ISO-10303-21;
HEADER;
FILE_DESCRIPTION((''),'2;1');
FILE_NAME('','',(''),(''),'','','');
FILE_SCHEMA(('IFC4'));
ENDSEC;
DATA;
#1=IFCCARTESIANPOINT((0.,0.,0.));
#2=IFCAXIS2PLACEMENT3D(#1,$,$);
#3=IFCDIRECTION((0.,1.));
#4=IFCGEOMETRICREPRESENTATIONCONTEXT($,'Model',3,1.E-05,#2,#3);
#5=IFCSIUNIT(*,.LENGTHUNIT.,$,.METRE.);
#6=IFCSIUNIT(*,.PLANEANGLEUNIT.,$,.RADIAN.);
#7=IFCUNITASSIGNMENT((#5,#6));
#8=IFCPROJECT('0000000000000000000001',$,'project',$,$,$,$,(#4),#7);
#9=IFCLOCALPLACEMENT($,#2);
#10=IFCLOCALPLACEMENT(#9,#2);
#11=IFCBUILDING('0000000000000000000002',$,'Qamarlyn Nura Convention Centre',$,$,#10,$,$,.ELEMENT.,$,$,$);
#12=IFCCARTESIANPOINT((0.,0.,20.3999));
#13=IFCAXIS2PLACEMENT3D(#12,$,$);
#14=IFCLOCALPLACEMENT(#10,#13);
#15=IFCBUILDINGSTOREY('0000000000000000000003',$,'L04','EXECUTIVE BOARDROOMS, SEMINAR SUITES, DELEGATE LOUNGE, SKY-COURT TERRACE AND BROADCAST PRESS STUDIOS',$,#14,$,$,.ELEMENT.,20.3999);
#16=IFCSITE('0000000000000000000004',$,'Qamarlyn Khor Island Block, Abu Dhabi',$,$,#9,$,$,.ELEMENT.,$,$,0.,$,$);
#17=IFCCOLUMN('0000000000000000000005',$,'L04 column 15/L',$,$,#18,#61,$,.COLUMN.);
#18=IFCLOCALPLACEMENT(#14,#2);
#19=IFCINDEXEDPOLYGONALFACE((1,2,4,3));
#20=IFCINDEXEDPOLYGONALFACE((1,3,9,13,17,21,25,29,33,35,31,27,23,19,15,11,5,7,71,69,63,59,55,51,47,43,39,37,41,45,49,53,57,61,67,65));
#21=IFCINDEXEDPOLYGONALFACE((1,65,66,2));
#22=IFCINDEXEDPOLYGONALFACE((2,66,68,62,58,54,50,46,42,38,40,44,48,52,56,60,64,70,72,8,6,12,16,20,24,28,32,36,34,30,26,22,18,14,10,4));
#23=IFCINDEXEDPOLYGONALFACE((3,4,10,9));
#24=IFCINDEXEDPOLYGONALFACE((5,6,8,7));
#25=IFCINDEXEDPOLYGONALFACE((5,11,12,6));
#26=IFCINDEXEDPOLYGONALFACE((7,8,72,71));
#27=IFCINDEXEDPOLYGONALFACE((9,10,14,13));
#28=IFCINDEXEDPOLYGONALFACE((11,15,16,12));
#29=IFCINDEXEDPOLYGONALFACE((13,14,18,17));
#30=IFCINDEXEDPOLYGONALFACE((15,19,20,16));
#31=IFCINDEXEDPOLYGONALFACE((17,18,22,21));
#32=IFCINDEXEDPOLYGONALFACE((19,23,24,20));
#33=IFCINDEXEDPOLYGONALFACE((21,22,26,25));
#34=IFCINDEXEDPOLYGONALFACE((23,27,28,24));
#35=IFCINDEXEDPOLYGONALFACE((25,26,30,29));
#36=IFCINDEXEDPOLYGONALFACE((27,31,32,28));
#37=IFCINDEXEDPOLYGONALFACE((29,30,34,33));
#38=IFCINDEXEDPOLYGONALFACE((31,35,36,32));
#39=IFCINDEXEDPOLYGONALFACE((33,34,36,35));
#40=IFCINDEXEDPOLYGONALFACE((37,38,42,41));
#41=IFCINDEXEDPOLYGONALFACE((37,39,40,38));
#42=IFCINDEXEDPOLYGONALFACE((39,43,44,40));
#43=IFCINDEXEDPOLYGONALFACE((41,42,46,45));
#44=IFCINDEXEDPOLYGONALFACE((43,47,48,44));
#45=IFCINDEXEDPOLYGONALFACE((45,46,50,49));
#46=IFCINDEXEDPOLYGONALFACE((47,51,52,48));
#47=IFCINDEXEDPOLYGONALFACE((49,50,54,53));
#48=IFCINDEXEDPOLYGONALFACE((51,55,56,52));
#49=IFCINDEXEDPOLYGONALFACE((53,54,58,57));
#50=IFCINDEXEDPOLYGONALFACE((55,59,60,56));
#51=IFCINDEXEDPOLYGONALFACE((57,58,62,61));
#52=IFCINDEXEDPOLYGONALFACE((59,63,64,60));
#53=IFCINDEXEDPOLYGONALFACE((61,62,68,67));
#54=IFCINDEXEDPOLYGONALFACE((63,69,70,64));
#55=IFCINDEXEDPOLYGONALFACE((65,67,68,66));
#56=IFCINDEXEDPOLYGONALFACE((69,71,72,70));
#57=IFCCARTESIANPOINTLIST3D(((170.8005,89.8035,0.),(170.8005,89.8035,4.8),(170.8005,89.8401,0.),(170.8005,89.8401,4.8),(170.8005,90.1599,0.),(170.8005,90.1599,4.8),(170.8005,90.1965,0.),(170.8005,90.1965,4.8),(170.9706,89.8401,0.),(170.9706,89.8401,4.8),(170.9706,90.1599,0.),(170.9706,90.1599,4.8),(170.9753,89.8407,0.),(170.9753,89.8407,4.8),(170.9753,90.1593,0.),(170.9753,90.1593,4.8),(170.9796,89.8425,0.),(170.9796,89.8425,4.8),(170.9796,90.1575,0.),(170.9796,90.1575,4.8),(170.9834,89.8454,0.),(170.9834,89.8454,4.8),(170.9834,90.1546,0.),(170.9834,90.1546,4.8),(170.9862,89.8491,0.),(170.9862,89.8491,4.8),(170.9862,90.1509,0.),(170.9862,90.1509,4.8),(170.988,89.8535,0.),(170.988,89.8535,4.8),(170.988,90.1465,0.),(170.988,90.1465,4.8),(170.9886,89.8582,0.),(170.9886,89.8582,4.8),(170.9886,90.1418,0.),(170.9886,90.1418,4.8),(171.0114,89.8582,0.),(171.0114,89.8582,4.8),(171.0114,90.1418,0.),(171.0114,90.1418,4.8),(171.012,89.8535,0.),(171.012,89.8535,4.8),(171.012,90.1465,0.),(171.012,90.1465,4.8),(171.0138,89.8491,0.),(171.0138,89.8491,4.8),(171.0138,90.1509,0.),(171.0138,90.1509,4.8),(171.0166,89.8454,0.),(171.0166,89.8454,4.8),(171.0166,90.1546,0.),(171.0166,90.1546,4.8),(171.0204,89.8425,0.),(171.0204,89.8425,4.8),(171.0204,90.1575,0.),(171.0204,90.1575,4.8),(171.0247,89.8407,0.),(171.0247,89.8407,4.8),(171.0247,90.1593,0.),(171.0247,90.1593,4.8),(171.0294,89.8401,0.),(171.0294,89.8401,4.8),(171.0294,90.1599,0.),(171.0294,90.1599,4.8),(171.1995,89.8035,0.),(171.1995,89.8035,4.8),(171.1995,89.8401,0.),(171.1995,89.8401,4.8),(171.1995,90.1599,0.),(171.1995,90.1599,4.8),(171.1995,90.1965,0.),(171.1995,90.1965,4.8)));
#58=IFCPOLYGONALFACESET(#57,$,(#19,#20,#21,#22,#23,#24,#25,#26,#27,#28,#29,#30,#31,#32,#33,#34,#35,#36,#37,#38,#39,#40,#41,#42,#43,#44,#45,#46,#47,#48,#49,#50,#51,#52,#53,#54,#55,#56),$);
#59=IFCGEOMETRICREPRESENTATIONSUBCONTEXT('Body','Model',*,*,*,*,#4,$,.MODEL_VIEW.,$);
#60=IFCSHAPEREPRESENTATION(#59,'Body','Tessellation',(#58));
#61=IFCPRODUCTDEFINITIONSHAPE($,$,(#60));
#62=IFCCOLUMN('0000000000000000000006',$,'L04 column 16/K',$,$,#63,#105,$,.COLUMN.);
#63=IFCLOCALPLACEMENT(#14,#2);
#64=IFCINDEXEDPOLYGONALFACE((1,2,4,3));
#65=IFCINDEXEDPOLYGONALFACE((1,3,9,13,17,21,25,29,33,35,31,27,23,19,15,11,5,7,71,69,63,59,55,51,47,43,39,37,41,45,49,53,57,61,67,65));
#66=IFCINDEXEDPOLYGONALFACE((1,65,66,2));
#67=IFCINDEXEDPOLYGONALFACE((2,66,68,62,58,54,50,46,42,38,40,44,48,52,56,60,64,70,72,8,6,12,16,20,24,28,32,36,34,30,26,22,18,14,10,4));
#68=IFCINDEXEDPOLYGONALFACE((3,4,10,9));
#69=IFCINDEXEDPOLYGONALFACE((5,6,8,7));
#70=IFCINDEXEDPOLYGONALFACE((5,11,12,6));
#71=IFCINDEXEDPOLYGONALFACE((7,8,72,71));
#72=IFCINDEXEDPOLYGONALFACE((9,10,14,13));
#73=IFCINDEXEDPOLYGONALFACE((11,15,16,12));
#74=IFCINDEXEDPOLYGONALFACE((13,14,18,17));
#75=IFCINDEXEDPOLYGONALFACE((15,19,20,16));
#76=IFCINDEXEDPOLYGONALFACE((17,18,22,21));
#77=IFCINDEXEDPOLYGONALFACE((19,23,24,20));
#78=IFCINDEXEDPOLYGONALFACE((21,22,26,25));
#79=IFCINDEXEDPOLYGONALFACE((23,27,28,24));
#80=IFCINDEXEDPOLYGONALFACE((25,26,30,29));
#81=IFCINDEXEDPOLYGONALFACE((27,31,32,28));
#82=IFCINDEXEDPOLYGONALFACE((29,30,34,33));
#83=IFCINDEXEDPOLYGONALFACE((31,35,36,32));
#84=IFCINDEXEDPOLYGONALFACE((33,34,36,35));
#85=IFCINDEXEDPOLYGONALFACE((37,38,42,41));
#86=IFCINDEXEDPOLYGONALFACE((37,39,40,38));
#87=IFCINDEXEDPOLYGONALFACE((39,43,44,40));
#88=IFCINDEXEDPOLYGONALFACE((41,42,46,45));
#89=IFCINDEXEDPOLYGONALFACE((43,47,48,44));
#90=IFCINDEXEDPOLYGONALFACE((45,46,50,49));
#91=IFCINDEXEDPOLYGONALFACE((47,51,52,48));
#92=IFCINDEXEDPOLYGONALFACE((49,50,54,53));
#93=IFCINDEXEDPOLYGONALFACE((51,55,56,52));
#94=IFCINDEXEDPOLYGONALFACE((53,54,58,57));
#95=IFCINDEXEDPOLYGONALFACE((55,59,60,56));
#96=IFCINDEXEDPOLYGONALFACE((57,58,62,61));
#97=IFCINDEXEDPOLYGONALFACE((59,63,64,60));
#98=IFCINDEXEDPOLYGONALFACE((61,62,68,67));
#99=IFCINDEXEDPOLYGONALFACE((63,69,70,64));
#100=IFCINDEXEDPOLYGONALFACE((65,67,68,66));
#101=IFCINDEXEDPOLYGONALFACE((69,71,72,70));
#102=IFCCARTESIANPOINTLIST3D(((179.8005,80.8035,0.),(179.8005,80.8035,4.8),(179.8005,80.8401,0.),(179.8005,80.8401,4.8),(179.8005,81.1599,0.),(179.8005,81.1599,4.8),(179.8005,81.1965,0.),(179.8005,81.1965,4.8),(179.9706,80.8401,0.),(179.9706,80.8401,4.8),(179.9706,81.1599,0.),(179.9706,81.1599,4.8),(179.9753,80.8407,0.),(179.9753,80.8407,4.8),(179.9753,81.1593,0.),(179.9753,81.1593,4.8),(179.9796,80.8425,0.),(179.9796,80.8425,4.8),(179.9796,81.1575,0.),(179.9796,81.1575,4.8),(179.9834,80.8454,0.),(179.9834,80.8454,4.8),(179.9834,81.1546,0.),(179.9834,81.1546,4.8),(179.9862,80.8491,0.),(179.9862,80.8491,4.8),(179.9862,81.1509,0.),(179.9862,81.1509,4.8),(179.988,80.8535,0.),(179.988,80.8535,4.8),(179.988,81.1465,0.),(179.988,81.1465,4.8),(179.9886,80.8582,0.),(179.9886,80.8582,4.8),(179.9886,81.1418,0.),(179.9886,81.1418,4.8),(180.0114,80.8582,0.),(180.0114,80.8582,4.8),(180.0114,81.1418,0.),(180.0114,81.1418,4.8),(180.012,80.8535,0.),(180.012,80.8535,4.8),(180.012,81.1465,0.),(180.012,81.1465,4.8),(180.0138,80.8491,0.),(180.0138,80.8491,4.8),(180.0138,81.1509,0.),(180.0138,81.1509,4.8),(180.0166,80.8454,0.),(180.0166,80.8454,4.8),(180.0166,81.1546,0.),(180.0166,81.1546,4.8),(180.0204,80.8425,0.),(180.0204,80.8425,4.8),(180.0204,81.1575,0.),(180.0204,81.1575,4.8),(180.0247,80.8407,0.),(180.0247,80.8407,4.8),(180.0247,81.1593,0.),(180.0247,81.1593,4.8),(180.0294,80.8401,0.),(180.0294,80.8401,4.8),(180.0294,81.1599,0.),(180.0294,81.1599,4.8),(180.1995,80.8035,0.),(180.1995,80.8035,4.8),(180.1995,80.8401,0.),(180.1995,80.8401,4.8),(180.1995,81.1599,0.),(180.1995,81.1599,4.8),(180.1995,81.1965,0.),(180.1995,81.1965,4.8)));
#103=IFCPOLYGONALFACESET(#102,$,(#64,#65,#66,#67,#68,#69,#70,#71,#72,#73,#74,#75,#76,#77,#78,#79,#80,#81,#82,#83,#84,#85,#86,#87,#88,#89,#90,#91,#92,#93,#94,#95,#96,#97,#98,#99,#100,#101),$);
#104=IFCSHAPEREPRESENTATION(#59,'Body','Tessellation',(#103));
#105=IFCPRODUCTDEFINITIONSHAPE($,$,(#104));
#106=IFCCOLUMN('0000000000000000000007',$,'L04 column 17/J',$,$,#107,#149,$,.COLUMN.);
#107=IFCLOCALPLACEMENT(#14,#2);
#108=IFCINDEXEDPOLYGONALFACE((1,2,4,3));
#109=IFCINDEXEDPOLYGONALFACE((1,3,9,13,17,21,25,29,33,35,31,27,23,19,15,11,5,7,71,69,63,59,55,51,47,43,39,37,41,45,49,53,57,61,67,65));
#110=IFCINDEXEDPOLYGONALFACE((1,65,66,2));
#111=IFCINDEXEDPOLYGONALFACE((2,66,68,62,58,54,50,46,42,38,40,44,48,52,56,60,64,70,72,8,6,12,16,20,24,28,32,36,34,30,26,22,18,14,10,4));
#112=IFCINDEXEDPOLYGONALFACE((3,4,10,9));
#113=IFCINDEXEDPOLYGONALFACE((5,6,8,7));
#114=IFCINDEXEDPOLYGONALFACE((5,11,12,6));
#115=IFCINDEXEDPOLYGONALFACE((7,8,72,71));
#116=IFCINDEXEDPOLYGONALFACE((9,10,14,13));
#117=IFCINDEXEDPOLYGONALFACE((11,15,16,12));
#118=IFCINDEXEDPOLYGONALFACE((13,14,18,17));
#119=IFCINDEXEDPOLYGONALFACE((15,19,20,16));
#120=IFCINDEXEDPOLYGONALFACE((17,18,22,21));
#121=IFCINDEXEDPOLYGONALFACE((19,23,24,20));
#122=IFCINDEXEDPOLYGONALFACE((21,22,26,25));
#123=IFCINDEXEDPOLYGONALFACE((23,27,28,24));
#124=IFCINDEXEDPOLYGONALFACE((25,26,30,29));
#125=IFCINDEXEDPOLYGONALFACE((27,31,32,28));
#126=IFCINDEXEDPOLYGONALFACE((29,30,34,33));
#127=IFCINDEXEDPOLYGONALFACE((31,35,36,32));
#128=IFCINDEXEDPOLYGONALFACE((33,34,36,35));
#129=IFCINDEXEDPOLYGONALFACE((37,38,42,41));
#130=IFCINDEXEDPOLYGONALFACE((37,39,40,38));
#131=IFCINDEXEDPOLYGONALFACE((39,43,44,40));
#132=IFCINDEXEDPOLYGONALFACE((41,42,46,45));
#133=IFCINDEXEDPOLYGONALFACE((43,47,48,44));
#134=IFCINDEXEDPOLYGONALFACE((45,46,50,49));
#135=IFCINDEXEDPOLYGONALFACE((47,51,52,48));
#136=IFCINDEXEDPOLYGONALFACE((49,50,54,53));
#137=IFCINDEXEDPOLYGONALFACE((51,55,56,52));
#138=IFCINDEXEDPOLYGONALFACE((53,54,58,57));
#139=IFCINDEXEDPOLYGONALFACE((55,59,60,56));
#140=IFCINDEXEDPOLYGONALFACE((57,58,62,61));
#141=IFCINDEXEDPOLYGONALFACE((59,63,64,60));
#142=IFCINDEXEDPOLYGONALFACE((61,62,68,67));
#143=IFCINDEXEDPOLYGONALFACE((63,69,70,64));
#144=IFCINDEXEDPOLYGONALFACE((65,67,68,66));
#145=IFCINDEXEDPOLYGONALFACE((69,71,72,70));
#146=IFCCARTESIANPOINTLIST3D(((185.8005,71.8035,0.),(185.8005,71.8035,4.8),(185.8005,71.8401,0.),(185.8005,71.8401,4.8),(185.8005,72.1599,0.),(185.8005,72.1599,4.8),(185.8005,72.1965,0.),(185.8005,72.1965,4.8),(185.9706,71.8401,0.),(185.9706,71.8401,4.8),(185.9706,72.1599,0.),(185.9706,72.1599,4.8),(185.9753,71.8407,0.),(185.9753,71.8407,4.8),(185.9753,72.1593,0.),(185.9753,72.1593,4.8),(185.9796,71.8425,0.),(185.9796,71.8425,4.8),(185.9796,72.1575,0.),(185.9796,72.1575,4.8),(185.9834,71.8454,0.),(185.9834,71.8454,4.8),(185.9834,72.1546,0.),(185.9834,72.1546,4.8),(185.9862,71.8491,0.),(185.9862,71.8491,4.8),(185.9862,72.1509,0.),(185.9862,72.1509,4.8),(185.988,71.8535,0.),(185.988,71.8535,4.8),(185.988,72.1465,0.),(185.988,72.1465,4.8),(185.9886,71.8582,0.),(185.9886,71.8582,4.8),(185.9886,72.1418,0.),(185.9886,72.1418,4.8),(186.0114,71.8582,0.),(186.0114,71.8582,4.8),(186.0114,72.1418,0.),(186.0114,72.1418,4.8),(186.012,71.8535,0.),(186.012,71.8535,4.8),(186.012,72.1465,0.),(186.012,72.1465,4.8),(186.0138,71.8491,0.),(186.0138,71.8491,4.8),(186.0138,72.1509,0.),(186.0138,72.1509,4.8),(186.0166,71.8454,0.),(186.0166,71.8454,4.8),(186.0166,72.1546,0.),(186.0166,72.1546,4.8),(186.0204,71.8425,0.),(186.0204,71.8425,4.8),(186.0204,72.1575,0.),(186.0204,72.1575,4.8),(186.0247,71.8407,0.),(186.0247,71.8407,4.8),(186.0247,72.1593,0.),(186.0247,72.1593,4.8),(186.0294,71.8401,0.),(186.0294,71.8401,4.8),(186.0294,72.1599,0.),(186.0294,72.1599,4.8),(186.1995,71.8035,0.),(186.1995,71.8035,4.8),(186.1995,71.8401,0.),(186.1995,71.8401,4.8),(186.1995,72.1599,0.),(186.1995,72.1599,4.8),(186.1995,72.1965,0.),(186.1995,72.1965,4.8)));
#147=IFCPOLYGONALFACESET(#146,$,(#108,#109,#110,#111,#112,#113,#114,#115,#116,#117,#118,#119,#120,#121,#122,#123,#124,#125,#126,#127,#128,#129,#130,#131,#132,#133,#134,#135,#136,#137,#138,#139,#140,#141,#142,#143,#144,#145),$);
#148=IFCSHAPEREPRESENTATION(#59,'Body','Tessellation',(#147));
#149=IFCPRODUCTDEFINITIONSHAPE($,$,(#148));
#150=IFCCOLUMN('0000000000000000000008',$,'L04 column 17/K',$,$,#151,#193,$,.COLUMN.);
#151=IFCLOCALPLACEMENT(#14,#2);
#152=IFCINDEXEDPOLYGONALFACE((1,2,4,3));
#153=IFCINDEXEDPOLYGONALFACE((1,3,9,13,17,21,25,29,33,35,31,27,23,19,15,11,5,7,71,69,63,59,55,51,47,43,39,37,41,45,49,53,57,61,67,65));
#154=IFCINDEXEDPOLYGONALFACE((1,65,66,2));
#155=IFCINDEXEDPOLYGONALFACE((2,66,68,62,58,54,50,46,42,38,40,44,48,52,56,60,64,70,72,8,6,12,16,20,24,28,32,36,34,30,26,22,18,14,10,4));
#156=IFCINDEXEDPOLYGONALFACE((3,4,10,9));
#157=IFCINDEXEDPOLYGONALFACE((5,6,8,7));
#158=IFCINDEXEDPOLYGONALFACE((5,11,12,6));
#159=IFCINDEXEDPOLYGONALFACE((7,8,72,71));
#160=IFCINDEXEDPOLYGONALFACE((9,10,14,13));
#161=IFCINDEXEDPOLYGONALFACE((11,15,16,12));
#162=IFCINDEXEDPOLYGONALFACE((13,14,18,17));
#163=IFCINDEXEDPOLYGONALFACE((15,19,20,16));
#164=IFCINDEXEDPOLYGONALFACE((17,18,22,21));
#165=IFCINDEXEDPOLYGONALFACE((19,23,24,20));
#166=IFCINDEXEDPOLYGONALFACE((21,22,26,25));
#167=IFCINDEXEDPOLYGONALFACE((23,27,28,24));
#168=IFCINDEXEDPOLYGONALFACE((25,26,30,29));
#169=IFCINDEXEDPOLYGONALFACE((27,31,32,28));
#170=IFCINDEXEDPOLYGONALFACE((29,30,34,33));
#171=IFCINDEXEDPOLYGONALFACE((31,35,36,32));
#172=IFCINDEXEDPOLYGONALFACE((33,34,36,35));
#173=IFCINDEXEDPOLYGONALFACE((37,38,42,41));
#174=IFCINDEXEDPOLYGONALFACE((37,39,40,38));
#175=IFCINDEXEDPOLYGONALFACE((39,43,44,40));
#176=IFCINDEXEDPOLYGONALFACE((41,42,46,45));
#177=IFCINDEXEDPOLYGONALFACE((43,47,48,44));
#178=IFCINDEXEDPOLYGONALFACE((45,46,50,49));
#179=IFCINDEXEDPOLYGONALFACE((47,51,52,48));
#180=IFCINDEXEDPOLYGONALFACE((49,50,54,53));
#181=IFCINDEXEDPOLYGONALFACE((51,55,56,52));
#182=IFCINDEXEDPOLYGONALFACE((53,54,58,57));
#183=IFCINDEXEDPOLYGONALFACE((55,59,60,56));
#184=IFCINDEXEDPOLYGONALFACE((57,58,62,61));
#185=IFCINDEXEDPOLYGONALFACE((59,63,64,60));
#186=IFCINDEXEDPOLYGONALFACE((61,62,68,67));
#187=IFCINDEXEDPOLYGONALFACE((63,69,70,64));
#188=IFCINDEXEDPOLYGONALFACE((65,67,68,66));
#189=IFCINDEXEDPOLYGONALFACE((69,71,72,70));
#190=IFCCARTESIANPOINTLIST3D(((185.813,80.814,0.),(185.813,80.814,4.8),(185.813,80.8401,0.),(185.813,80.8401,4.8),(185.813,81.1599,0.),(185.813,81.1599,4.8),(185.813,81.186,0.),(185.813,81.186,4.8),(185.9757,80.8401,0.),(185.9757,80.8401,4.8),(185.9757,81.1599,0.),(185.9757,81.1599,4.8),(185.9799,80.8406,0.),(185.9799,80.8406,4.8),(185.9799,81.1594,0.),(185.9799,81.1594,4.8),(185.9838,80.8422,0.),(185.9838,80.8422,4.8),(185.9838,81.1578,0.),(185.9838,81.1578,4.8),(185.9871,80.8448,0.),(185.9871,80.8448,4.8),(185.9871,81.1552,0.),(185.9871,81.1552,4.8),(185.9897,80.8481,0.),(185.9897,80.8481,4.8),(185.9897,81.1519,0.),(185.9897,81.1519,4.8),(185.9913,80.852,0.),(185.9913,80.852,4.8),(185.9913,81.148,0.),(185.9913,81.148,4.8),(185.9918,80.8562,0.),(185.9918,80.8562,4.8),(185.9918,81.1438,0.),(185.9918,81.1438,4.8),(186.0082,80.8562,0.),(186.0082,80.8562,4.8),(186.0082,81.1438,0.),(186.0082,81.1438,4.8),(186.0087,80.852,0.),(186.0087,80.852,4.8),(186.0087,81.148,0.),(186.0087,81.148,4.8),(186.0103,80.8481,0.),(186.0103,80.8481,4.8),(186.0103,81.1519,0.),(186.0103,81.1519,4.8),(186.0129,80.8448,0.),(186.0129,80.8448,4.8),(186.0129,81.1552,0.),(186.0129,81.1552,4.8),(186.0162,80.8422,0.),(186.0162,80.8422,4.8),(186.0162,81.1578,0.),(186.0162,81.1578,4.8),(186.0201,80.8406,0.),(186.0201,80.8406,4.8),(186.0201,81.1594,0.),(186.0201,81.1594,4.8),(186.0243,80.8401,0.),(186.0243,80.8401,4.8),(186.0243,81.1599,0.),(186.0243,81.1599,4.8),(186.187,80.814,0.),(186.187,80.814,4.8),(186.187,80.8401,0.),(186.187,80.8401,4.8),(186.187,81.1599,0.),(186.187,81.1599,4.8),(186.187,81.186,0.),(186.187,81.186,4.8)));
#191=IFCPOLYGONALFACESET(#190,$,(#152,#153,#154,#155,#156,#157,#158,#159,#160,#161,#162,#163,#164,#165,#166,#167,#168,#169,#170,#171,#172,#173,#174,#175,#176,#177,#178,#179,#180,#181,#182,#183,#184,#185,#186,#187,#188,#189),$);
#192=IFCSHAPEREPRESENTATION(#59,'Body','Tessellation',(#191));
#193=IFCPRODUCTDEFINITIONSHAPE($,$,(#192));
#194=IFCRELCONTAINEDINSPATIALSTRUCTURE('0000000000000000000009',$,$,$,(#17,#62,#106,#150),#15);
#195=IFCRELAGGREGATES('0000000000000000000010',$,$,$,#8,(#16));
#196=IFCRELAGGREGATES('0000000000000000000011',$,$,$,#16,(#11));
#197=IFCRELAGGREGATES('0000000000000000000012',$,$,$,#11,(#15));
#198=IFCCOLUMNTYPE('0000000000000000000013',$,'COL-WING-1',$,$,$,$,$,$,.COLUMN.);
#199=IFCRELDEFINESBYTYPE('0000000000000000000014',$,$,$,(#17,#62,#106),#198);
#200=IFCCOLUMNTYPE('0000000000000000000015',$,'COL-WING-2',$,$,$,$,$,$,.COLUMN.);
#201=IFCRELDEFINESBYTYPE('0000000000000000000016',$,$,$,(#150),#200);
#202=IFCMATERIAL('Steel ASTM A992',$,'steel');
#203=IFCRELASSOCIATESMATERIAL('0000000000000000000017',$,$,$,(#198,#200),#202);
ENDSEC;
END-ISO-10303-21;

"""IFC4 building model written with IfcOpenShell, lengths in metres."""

from ifc_helpers import new_model, si_unit, direction, frame, origin, origin_2d, place, context, subcontext, project, spatial, i_section, extrude, material, material_profile, profile_set, type_object, element, save


model = new_model("IFC4")

# Units and contexts
model_context = context("Model", 3, precision=1e-05, world=origin(), true_north=direction((0.0, 1.0)))
body_context = subcontext(model_context, "Body", "Model", "MODEL_VIEW")
ifc_project = project(units=[si_unit("LENGTHUNIT", "METRE"), si_unit("PLANEANGLEUNIT", "RADIAN")], contexts=[model_context])

# Site, building, storey
site_placement = place(None, origin())
site = spatial("IfcSite", under=ifc_project, at=site_placement, Name="Qamarlyn Khor Island Block, Abu Dhabi", CompositionType="ELEMENT", RefElevation=0.0)
building_placement = place(site_placement, origin())
building = spatial("IfcBuilding", under=site, at=building_placement, Name="Qamarlyn Nura Convention Centre", CompositionType="ELEMENT")
storey_placement = place(building_placement, frame((0.0, 0.0, 20.3999)))
storey = spatial("IfcBuildingStorey", under=building, at=storey_placement, Name="L04", Description="EXECUTIVE BOARDROOMS, SEMINAR SUITES, DELEGATE LOUNGE, SKY-COURT TERRACE AND BROADCAST PRESS STUDIOS", CompositionType="ELEMENT", Elevation=20.3999)

# Columns
ifc_material_1 = material(Name="Steel ASTM A992", Category="steel")
ifc_material_profile_1 = material_profile(ifc_material_1, i_section(OverallWidth=0.3989, OverallDepth=0.3931, WebThickness=0.0227, FlangeThickness=0.0366, FilletRadius=0.0181, at=origin_2d()), Name="W360X287")
ifc_profile_set_1 = profile_set([ifc_material_profile_1], Name="Steel ASTM A992")
column_type_1 = type_object("IfcColumnType", Name="COL-WING-1", PredefinedType="COLUMN", material=ifc_profile_set_1)
for number, where, z_axis, x_axis, name in (
    (1, (171.0, 90.0, 0.0), (0.0, 0.0, 1.0), (1.0, 0.0, 0.0), "L04 column 15/L"),
    (2, (180.0, 81.0, 0.0), (0.0, 0.0, 1.0), (1.0, 0.0, 0.0), "L04 column 16/K"),
    (3, (186.0, 72.0, 0.0), (0.0, 0.0, 1.0), (1.0, 0.0, 0.0), "L04 column 17/J"),
):
    element("IfcColumn", number, at=place(storey_placement, frame(where, z_axis=z_axis, x_axis=x_axis)), inside=storey, type_object=column_type_1, Name=name, PredefinedType="COLUMN", context=body_context, shape_type="SweptSolid", body=[
        extrude(i_section(OverallWidth=0.3989, OverallDepth=0.3931, WebThickness=0.0227, FlangeThickness=0.0366, FilletRadius=0.0181, at=origin_2d()), origin(), (0.0, 0.0, 1.0), 4.8),
    ])
ifc_material_profile_2 = material_profile(ifc_material_1, i_section(OverallWidth=0.374, OverallDepth=0.3721, WebThickness=0.0164, FlangeThickness=0.0261, FilletRadius=0.0161, at=origin_2d()), Name="W360X196")
ifc_profile_set_2 = profile_set([ifc_material_profile_2], Name="Steel ASTM A992")
column_type_2 = type_object("IfcColumnType", Name="COL-WING-2", PredefinedType="COLUMN", material=ifc_profile_set_2)
column_1_placement = place(storey_placement, frame((186.0, 81.0, 0.0), z_axis=(0.0, 0.0, 1.0), x_axis=(1.0, 0.0, 0.0)))
element("IfcColumn", 4, at=column_1_placement, inside=storey, type_object=column_type_2, Name="L04 column 17/K", PredefinedType="COLUMN", context=body_context, shape_type="SweptSolid", body=[
    extrude(i_section(OverallWidth=0.374, OverallDepth=0.3721, WebThickness=0.0164, FlangeThickness=0.0261, FilletRadius=0.0161, at=origin_2d()), origin(), (0.0, 0.0, 1.0), 4.8),
])

save(model, "model.ifc")
